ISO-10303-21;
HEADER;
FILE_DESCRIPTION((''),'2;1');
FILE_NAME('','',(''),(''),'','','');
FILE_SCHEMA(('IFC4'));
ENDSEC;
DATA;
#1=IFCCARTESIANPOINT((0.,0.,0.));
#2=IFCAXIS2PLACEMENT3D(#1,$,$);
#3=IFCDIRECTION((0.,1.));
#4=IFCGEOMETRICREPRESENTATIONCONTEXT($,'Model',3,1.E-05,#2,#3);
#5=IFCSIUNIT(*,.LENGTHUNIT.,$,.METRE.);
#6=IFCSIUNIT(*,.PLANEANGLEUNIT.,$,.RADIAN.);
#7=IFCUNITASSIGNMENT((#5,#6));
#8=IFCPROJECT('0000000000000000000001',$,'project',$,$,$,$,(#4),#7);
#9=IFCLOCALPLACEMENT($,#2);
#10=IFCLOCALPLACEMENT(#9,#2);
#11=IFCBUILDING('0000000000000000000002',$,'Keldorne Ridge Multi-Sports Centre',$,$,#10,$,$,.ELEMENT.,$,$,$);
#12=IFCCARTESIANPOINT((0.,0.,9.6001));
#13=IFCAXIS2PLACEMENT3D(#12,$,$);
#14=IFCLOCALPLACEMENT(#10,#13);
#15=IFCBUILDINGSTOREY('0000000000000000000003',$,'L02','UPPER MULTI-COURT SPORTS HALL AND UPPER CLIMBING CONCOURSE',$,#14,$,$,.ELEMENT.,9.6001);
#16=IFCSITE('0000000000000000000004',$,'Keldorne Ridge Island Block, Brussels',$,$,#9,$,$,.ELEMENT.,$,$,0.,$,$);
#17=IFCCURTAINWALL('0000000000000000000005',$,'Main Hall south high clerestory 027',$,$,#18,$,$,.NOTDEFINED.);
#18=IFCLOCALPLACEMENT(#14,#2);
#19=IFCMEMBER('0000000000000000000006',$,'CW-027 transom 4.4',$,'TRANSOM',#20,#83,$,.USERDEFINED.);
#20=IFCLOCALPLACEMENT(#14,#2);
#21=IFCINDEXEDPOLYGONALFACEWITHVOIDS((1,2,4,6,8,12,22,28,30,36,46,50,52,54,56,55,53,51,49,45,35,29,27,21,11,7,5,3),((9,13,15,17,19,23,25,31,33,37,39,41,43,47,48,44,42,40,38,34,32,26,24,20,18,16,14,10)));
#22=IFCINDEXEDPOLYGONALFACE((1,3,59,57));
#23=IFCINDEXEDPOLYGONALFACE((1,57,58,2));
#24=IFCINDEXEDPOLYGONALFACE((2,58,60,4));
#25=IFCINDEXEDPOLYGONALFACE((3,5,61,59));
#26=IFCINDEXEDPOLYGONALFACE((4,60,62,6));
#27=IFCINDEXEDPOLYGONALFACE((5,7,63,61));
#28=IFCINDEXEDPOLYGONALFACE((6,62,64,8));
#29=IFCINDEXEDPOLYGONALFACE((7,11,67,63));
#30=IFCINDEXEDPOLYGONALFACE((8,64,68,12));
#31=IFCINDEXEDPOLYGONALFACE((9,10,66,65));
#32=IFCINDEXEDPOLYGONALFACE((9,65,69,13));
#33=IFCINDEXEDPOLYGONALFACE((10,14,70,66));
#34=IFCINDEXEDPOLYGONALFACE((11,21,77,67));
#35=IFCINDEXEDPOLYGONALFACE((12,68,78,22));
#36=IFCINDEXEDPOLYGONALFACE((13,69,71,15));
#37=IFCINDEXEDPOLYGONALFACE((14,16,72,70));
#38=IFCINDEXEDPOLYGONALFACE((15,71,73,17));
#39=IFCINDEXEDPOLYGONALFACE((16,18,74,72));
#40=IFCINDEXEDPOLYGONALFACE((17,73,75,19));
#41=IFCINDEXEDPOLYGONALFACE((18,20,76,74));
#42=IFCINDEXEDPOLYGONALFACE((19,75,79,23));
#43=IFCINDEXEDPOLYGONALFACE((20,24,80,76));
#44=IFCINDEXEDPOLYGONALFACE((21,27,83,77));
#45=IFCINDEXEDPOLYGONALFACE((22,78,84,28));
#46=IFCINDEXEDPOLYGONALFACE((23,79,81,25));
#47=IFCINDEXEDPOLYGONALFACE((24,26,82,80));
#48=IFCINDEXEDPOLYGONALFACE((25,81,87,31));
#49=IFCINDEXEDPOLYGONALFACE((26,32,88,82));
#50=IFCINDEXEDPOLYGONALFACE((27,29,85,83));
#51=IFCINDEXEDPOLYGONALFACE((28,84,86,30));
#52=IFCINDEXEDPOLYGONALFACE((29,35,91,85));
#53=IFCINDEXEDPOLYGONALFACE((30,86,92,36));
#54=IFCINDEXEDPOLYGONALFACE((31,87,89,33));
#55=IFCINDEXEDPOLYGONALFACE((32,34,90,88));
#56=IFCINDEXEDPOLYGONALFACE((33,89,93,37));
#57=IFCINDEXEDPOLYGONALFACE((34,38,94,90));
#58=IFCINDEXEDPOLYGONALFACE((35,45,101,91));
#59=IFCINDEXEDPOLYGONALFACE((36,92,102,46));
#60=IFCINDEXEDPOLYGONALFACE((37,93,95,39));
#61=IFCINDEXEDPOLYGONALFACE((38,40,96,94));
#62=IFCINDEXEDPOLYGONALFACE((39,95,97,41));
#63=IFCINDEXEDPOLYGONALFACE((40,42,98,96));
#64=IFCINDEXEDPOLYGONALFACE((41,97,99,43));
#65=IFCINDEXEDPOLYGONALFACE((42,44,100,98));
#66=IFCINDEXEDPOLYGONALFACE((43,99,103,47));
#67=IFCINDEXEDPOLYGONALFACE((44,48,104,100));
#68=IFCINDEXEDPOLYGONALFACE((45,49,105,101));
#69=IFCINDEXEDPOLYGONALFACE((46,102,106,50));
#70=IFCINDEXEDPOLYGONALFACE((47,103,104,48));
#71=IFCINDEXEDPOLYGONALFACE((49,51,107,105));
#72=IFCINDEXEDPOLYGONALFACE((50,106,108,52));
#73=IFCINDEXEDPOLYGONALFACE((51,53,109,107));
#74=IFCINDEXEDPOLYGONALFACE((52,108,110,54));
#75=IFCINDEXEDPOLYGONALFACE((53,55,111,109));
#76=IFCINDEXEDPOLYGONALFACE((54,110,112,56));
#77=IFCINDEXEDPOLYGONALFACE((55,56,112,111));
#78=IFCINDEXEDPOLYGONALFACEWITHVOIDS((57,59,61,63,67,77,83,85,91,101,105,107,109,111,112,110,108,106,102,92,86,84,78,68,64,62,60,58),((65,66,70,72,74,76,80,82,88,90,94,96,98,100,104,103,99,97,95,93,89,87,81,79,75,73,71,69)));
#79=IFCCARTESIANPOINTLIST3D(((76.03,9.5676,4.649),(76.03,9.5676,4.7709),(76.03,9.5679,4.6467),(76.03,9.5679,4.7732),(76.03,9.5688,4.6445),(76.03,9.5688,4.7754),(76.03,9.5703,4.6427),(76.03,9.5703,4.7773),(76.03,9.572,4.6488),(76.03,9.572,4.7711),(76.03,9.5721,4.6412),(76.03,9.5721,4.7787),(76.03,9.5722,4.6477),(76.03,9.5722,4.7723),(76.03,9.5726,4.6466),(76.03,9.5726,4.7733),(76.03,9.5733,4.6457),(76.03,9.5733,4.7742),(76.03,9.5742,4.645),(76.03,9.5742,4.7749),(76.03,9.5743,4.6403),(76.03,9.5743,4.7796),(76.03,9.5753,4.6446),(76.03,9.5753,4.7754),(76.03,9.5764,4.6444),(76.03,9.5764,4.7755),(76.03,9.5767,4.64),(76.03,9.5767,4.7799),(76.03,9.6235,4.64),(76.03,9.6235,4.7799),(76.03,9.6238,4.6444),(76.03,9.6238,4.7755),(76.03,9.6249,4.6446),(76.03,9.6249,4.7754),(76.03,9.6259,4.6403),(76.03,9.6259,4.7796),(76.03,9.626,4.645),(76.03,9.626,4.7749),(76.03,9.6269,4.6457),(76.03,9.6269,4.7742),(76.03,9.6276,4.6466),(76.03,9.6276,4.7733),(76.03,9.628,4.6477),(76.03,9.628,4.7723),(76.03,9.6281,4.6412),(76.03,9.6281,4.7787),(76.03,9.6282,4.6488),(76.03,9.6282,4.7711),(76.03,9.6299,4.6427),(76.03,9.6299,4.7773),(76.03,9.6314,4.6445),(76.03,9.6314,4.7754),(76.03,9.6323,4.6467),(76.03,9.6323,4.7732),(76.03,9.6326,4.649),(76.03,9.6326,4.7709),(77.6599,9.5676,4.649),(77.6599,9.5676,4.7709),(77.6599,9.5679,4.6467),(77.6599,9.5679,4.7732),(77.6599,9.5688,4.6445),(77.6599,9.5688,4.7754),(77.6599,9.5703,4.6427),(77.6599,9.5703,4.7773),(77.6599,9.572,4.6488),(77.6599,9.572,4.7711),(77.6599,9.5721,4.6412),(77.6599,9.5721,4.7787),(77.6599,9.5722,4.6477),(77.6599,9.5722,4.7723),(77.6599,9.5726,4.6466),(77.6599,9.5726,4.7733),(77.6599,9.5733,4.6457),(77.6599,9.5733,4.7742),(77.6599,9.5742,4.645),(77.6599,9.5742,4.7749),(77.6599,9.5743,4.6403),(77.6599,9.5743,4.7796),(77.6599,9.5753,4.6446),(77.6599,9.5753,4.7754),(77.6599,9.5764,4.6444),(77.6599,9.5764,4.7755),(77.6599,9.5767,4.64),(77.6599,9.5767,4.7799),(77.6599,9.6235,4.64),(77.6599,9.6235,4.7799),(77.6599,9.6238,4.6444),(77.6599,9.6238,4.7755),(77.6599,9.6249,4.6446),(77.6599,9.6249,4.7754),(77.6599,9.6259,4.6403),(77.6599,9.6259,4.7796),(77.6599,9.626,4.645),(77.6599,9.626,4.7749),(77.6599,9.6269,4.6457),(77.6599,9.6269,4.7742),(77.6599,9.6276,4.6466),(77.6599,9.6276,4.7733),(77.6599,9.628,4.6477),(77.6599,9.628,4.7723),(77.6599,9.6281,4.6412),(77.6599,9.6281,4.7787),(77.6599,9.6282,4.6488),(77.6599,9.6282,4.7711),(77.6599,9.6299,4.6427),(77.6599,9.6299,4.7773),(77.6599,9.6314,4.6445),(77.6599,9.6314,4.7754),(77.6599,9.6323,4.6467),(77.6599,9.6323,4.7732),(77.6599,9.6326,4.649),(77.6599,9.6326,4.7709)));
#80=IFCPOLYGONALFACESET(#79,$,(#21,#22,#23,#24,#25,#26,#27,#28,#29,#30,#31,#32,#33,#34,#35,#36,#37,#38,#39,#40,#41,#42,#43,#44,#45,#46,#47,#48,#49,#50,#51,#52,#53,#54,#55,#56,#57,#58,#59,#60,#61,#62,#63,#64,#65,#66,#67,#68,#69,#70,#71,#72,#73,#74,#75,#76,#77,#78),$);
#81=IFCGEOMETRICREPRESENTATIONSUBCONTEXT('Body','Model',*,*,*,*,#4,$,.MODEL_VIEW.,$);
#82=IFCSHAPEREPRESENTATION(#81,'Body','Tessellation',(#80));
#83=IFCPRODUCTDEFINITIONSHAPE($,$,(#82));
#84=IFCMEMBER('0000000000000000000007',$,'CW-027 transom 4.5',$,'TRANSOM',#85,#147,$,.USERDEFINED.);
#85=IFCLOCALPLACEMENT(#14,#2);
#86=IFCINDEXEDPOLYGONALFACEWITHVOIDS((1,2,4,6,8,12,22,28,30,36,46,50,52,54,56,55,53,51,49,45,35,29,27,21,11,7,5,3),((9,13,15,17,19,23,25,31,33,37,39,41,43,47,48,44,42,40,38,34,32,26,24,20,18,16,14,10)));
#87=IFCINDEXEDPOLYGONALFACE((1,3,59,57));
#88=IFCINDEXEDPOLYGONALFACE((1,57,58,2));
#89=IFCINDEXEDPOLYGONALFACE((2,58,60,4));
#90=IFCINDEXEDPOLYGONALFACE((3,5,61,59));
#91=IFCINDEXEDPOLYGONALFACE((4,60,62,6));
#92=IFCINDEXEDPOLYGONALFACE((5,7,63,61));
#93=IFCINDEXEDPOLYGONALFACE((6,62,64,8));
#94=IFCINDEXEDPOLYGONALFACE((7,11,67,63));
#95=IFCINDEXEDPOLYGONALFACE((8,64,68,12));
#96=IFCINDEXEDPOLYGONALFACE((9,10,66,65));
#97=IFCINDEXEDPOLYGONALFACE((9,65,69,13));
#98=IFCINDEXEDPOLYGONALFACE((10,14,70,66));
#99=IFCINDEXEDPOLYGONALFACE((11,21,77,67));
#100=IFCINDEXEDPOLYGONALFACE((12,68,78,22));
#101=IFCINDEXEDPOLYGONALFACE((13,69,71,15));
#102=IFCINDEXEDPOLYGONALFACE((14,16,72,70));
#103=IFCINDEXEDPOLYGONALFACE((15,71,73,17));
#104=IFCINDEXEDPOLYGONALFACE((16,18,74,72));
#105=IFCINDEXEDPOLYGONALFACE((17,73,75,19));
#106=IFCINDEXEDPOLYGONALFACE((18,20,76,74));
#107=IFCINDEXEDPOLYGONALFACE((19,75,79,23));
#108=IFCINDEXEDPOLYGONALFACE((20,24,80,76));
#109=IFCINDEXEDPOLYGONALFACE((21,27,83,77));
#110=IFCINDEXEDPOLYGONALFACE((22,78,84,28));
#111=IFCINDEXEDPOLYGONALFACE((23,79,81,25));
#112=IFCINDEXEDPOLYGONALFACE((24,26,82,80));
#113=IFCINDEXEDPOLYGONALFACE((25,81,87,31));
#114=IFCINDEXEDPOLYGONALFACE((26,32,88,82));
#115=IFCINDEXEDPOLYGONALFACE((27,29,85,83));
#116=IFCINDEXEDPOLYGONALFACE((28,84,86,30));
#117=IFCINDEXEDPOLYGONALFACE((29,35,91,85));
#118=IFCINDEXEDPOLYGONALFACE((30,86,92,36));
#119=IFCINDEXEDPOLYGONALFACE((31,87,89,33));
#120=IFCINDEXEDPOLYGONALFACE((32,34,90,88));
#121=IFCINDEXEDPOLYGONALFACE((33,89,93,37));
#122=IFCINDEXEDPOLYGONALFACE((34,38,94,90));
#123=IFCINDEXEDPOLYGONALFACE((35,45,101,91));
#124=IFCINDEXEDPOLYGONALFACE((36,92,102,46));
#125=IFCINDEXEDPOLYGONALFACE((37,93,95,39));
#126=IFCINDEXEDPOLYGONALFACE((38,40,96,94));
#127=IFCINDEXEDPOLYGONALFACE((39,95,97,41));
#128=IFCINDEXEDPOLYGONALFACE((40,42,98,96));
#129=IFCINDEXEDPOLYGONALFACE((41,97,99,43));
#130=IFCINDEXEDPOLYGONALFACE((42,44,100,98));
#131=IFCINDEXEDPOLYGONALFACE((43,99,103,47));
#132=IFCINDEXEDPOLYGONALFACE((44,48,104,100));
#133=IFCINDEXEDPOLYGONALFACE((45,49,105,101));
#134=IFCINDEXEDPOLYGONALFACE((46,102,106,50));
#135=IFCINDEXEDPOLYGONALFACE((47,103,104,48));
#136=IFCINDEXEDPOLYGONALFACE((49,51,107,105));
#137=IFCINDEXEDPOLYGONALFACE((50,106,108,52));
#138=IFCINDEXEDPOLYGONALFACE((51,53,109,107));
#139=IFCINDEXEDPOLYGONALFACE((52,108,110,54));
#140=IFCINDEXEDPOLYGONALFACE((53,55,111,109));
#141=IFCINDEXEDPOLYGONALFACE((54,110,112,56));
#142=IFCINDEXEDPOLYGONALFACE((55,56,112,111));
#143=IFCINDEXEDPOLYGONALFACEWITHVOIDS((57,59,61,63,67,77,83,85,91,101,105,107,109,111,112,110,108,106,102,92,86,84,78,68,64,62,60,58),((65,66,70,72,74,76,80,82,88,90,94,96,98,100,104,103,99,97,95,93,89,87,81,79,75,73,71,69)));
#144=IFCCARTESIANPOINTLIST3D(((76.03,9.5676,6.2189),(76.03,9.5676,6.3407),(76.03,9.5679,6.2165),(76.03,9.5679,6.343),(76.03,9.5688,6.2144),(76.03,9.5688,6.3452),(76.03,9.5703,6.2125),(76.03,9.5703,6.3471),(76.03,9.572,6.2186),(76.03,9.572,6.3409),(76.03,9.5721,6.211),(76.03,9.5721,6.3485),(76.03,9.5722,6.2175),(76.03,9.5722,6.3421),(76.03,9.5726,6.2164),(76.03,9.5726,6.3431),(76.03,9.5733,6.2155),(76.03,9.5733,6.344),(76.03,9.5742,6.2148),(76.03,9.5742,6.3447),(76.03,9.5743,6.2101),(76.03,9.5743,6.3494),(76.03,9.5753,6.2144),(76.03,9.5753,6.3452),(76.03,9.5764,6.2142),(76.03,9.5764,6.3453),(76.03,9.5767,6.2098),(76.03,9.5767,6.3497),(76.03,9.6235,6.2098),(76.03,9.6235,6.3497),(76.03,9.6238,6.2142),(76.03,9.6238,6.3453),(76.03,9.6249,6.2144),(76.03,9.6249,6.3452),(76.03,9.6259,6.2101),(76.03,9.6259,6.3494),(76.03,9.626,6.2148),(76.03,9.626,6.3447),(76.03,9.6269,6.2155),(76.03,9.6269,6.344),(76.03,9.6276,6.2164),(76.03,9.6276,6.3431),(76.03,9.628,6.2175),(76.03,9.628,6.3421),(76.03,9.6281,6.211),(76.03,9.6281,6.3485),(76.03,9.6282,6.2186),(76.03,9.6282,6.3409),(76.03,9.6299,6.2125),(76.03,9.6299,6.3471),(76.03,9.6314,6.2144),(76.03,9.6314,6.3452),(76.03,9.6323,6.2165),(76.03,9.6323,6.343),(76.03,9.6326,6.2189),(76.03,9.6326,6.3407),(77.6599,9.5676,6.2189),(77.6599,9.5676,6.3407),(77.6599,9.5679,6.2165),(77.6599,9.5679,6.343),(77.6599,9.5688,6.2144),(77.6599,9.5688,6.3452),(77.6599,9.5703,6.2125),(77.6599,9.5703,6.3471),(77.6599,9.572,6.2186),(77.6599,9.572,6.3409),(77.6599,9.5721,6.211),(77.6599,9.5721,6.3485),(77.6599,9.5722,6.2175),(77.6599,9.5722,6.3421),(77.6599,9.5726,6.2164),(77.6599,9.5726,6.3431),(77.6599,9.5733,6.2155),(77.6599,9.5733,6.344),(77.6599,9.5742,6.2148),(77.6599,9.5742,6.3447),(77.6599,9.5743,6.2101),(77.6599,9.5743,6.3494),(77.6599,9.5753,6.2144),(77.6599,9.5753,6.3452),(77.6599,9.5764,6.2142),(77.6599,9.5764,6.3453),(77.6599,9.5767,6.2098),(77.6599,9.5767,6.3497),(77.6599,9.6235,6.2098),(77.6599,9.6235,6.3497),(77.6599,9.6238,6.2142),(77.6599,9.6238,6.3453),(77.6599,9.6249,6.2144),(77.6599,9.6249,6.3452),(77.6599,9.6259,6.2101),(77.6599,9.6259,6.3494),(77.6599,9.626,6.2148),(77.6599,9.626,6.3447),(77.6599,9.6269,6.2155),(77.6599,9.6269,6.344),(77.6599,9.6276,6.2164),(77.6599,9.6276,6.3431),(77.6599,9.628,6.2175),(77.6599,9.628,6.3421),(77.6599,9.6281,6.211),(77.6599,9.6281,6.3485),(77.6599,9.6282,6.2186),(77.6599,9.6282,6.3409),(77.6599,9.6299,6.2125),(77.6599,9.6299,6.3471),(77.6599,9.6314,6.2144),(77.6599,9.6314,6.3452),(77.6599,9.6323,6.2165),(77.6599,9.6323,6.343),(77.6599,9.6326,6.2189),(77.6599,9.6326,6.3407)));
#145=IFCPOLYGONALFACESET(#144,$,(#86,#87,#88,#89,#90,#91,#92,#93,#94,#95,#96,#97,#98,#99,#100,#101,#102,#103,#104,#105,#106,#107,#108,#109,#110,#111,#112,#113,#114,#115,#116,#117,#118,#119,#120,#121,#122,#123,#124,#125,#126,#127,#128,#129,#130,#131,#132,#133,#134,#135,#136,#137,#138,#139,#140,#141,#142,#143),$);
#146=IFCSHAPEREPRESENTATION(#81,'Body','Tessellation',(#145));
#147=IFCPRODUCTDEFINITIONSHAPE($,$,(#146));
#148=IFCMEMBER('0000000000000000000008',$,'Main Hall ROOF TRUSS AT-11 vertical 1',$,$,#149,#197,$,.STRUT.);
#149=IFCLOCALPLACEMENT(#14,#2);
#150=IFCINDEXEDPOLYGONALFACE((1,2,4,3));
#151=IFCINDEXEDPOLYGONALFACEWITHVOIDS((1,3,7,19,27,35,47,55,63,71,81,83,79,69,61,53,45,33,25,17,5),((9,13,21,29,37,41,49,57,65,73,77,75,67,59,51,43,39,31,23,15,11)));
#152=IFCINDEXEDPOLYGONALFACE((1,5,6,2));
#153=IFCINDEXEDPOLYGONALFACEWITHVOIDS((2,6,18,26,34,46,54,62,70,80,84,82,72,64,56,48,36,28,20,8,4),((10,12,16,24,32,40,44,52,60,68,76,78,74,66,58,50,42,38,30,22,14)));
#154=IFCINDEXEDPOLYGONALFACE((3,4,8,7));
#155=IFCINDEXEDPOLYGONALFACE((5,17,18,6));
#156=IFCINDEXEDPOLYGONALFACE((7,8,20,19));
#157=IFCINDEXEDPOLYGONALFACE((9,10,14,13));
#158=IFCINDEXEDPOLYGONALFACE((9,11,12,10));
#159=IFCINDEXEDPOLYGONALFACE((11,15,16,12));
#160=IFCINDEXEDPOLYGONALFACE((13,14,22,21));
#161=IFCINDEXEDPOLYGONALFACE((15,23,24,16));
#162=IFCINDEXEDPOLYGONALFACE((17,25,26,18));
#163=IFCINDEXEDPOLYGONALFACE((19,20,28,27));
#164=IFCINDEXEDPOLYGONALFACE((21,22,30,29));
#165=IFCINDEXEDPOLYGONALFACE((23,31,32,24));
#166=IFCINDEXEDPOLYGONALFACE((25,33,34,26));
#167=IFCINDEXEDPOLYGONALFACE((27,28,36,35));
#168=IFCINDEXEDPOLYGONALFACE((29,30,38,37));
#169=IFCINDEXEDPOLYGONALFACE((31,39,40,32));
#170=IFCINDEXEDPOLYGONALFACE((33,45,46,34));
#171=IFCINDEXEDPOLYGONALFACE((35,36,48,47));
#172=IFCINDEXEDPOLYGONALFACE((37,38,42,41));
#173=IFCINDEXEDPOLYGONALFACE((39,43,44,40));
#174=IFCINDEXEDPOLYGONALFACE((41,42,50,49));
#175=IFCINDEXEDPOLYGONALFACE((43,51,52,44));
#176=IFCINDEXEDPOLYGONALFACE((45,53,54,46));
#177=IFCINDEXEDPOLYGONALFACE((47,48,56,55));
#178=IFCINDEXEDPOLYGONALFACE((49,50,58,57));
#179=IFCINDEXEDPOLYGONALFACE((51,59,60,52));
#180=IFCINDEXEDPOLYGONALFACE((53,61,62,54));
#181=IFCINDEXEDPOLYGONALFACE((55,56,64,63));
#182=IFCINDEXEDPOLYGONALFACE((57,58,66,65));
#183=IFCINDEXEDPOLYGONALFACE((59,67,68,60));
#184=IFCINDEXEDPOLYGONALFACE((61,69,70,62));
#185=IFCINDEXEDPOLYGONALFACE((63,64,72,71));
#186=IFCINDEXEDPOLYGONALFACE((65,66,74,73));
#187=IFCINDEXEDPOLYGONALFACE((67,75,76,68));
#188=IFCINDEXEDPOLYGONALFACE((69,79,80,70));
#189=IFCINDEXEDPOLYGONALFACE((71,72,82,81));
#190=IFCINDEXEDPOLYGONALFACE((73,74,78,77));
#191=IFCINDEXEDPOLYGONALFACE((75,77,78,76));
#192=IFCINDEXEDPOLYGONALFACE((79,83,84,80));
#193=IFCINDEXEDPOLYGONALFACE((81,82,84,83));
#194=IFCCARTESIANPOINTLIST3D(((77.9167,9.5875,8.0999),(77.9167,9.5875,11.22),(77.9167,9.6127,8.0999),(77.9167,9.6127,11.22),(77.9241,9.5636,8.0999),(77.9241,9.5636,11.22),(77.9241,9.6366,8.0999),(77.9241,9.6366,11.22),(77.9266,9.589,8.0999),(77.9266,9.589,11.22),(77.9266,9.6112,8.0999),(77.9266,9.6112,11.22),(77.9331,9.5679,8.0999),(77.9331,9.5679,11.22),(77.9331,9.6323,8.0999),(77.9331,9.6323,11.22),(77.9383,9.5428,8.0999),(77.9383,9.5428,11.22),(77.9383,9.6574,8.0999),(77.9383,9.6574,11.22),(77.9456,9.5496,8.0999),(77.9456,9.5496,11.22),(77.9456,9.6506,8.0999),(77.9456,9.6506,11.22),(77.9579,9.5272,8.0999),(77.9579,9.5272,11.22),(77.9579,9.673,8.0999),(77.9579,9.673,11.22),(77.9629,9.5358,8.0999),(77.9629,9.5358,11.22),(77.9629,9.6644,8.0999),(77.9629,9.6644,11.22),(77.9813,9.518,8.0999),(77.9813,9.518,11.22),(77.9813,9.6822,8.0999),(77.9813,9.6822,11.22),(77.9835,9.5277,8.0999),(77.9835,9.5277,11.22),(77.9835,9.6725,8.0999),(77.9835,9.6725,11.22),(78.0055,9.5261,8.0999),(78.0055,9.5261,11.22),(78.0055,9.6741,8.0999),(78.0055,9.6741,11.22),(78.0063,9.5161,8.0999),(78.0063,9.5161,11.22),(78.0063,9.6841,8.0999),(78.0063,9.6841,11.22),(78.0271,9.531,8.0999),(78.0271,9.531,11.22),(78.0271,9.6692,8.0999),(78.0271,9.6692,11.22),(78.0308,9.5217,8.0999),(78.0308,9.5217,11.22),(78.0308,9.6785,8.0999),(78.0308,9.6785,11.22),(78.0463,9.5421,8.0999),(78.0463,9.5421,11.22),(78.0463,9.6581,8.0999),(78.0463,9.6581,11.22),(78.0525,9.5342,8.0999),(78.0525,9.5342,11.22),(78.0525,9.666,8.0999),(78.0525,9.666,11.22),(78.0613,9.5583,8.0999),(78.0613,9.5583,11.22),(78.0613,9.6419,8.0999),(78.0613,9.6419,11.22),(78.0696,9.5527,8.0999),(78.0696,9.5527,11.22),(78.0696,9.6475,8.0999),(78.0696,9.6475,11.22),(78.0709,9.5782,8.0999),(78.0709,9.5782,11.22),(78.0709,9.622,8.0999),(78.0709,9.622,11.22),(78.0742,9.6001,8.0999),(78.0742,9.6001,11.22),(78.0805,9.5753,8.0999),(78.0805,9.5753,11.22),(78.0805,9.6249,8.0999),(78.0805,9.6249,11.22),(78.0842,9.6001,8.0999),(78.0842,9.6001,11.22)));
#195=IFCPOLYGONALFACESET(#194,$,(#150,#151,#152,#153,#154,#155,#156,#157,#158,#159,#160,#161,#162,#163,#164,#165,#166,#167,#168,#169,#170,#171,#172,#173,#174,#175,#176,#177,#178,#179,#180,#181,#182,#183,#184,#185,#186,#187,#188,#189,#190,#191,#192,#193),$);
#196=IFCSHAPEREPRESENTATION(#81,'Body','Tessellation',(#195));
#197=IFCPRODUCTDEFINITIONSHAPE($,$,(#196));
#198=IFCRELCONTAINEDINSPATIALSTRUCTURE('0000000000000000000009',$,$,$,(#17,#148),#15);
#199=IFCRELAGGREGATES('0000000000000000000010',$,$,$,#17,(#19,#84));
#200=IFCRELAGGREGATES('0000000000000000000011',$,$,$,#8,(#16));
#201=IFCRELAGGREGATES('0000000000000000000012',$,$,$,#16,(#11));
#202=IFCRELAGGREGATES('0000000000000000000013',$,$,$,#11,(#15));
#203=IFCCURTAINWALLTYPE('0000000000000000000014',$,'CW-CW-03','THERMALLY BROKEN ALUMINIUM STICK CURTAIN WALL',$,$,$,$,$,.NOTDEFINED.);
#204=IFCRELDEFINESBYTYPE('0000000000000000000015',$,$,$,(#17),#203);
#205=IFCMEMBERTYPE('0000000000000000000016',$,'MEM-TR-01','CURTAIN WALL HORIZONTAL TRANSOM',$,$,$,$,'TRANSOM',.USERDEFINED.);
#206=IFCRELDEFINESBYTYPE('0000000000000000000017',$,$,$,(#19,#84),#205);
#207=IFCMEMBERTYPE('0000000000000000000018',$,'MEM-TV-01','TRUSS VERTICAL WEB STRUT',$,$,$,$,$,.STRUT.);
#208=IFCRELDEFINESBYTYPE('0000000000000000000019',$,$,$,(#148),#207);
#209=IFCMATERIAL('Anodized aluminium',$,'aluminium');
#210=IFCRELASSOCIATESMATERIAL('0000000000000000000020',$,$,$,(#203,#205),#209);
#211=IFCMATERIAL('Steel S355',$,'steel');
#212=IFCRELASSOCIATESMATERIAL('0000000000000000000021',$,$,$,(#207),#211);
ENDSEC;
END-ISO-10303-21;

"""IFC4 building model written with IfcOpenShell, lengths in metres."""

from ifc_helpers import new_model, si_unit, direction, frame, origin, origin_2d, place, context, subcontext, project, spatial, hollow_rectangle, hollow_circle, extrude, material, material_profile, profile_set, type_object, element, aggregate, save


model = new_model("IFC4")

# Units and contexts
model_context = context("Model", 3, precision=1e-05, world=origin(), true_north=direction((0.0, 1.0)))
body_context = subcontext(model_context, "Body", "Model", "MODEL_VIEW")
ifc_project = project(units=[si_unit("LENGTHUNIT", "METRE"), si_unit("PLANEANGLEUNIT", "RADIAN")], contexts=[model_context])

# Site, building, storey
site_placement = place(None, origin())
site = spatial("IfcSite", under=ifc_project, at=site_placement, Name="Keldorne Ridge Island Block, Brussels", CompositionType="ELEMENT", RefElevation=0.0)
building_placement = place(site_placement, origin())
building = spatial("IfcBuilding", under=site, at=building_placement, Name="Keldorne Ridge Multi-Sports Centre", CompositionType="ELEMENT")
storey_placement = place(building_placement, frame((0.0, 0.0, 9.6001)))
storey = spatial("IfcBuildingStorey", under=building, at=storey_placement, Name="L02", Description="UPPER MULTI-COURT SPORTS HALL AND UPPER CLIMBING CONCOURSE", CompositionType="ELEMENT", Elevation=9.6001)

# Shared definitions
ifc_material_1 = material(Name="Steel S355", Category="steel")

# Curtain wall
ifc_material_2 = material(Name="Anodized aluminium", Category="aluminium")
curtain_wall_type = type_object("IfcCurtainWallType", Name="CW-CW-03", Description="THERMALLY BROKEN ALUMINIUM STICK CURTAIN WALL", PredefinedType="NOTDEFINED", material=ifc_material_2)
curtain_wall_placement = place(storey_placement, origin())
curtain_wall = element("IfcCurtainWall", 1, at=curtain_wall_placement, inside=storey, type_object=curtain_wall_type, Name="Main Hall south high clerestory 027", PredefinedType="NOTDEFINED")

# Members
ifc_material_profile_1 = material_profile(ifc_material_2, hollow_rectangle(XDim=0.0649, YDim=0.1399, WallThickness=0.0044, InnerFilletRadius=0.0044, OuterFilletRadius=0.009, at=origin_2d()), Name="ALU TRANSOM 140x65x4.5")
ifc_profile_set_1 = profile_set([ifc_material_profile_1], Name="Anodized aluminium")
member_type_1 = type_object("IfcMemberType", Name="MEM-TR-01", Description="CURTAIN WALL HORIZONTAL TRANSOM", ElementType="TRANSOM", PredefinedType="USERDEFINED", material=ifc_profile_set_1)
member_1_placement = place(storey_placement, frame((76.03, 9.6001, 4.71), z_axis=(1.0, 0.0, 0.0), x_axis=(0.0, 1.0, 0.0)))
member_1 = element("IfcMember", 2, at=member_1_placement, type_object=member_type_1, Name="CW-027 transom 4.4", ObjectType="TRANSOM", PredefinedType="USERDEFINED", context=body_context, shape_type="SweptSolid", body=[
    extrude(hollow_rectangle(XDim=0.0649, YDim=0.1399, WallThickness=0.0044, InnerFilletRadius=0.0044, OuterFilletRadius=0.009, at=origin_2d()), origin(), (0.0, 0.0, 1.0), 1.6299),
])
member_2_placement = place(storey_placement, frame((76.03, 9.6001, 6.2798), z_axis=(1.0, 0.0, 0.0), x_axis=(0.0, 1.0, 0.0)))
member_2 = element("IfcMember", 3, at=member_2_placement, type_object=member_type_1, Name="CW-027 transom 4.5", ObjectType="TRANSOM", PredefinedType="USERDEFINED", context=body_context, shape_type="SweptSolid", body=[
    extrude(hollow_rectangle(XDim=0.0649, YDim=0.1399, WallThickness=0.0044, InnerFilletRadius=0.0044, OuterFilletRadius=0.009, at=origin_2d()), origin(), (0.0, 0.0, 1.0), 1.6299),
])
ifc_material_profile_2 = material_profile(ifc_material_1, hollow_circle(Radius=0.0842, WallThickness=0.01, at=origin_2d()), Name="CHS 168.3x10")
ifc_profile_set_2 = profile_set([ifc_material_profile_2], Name="Steel S355")
member_type_2 = type_object("IfcMemberType", Name="MEM-TV-01", Description="TRUSS VERTICAL WEB STRUT", PredefinedType="STRUT", material=ifc_profile_set_2)
member_3_placement = place(storey_placement, frame((78.0, 9.6001, 8.0999), z_axis=(0.0, 0.0, 1.0), x_axis=(1.0, 0.0, 0.0)))
element("IfcMember", 4, at=member_3_placement, inside=storey, type_object=member_type_2, Name="Main Hall ROOF TRUSS AT-11 vertical 1", PredefinedType="STRUT", context=body_context, shape_type="SweptSolid", body=[
    extrude(hollow_circle(Radius=0.0842, WallThickness=0.01, at=origin_2d()), origin(), (0.0, 0.0, 1.0), 3.1201),
])

aggregate(curtain_wall, [member_1, member_2])

save(model, "model.ifc")
